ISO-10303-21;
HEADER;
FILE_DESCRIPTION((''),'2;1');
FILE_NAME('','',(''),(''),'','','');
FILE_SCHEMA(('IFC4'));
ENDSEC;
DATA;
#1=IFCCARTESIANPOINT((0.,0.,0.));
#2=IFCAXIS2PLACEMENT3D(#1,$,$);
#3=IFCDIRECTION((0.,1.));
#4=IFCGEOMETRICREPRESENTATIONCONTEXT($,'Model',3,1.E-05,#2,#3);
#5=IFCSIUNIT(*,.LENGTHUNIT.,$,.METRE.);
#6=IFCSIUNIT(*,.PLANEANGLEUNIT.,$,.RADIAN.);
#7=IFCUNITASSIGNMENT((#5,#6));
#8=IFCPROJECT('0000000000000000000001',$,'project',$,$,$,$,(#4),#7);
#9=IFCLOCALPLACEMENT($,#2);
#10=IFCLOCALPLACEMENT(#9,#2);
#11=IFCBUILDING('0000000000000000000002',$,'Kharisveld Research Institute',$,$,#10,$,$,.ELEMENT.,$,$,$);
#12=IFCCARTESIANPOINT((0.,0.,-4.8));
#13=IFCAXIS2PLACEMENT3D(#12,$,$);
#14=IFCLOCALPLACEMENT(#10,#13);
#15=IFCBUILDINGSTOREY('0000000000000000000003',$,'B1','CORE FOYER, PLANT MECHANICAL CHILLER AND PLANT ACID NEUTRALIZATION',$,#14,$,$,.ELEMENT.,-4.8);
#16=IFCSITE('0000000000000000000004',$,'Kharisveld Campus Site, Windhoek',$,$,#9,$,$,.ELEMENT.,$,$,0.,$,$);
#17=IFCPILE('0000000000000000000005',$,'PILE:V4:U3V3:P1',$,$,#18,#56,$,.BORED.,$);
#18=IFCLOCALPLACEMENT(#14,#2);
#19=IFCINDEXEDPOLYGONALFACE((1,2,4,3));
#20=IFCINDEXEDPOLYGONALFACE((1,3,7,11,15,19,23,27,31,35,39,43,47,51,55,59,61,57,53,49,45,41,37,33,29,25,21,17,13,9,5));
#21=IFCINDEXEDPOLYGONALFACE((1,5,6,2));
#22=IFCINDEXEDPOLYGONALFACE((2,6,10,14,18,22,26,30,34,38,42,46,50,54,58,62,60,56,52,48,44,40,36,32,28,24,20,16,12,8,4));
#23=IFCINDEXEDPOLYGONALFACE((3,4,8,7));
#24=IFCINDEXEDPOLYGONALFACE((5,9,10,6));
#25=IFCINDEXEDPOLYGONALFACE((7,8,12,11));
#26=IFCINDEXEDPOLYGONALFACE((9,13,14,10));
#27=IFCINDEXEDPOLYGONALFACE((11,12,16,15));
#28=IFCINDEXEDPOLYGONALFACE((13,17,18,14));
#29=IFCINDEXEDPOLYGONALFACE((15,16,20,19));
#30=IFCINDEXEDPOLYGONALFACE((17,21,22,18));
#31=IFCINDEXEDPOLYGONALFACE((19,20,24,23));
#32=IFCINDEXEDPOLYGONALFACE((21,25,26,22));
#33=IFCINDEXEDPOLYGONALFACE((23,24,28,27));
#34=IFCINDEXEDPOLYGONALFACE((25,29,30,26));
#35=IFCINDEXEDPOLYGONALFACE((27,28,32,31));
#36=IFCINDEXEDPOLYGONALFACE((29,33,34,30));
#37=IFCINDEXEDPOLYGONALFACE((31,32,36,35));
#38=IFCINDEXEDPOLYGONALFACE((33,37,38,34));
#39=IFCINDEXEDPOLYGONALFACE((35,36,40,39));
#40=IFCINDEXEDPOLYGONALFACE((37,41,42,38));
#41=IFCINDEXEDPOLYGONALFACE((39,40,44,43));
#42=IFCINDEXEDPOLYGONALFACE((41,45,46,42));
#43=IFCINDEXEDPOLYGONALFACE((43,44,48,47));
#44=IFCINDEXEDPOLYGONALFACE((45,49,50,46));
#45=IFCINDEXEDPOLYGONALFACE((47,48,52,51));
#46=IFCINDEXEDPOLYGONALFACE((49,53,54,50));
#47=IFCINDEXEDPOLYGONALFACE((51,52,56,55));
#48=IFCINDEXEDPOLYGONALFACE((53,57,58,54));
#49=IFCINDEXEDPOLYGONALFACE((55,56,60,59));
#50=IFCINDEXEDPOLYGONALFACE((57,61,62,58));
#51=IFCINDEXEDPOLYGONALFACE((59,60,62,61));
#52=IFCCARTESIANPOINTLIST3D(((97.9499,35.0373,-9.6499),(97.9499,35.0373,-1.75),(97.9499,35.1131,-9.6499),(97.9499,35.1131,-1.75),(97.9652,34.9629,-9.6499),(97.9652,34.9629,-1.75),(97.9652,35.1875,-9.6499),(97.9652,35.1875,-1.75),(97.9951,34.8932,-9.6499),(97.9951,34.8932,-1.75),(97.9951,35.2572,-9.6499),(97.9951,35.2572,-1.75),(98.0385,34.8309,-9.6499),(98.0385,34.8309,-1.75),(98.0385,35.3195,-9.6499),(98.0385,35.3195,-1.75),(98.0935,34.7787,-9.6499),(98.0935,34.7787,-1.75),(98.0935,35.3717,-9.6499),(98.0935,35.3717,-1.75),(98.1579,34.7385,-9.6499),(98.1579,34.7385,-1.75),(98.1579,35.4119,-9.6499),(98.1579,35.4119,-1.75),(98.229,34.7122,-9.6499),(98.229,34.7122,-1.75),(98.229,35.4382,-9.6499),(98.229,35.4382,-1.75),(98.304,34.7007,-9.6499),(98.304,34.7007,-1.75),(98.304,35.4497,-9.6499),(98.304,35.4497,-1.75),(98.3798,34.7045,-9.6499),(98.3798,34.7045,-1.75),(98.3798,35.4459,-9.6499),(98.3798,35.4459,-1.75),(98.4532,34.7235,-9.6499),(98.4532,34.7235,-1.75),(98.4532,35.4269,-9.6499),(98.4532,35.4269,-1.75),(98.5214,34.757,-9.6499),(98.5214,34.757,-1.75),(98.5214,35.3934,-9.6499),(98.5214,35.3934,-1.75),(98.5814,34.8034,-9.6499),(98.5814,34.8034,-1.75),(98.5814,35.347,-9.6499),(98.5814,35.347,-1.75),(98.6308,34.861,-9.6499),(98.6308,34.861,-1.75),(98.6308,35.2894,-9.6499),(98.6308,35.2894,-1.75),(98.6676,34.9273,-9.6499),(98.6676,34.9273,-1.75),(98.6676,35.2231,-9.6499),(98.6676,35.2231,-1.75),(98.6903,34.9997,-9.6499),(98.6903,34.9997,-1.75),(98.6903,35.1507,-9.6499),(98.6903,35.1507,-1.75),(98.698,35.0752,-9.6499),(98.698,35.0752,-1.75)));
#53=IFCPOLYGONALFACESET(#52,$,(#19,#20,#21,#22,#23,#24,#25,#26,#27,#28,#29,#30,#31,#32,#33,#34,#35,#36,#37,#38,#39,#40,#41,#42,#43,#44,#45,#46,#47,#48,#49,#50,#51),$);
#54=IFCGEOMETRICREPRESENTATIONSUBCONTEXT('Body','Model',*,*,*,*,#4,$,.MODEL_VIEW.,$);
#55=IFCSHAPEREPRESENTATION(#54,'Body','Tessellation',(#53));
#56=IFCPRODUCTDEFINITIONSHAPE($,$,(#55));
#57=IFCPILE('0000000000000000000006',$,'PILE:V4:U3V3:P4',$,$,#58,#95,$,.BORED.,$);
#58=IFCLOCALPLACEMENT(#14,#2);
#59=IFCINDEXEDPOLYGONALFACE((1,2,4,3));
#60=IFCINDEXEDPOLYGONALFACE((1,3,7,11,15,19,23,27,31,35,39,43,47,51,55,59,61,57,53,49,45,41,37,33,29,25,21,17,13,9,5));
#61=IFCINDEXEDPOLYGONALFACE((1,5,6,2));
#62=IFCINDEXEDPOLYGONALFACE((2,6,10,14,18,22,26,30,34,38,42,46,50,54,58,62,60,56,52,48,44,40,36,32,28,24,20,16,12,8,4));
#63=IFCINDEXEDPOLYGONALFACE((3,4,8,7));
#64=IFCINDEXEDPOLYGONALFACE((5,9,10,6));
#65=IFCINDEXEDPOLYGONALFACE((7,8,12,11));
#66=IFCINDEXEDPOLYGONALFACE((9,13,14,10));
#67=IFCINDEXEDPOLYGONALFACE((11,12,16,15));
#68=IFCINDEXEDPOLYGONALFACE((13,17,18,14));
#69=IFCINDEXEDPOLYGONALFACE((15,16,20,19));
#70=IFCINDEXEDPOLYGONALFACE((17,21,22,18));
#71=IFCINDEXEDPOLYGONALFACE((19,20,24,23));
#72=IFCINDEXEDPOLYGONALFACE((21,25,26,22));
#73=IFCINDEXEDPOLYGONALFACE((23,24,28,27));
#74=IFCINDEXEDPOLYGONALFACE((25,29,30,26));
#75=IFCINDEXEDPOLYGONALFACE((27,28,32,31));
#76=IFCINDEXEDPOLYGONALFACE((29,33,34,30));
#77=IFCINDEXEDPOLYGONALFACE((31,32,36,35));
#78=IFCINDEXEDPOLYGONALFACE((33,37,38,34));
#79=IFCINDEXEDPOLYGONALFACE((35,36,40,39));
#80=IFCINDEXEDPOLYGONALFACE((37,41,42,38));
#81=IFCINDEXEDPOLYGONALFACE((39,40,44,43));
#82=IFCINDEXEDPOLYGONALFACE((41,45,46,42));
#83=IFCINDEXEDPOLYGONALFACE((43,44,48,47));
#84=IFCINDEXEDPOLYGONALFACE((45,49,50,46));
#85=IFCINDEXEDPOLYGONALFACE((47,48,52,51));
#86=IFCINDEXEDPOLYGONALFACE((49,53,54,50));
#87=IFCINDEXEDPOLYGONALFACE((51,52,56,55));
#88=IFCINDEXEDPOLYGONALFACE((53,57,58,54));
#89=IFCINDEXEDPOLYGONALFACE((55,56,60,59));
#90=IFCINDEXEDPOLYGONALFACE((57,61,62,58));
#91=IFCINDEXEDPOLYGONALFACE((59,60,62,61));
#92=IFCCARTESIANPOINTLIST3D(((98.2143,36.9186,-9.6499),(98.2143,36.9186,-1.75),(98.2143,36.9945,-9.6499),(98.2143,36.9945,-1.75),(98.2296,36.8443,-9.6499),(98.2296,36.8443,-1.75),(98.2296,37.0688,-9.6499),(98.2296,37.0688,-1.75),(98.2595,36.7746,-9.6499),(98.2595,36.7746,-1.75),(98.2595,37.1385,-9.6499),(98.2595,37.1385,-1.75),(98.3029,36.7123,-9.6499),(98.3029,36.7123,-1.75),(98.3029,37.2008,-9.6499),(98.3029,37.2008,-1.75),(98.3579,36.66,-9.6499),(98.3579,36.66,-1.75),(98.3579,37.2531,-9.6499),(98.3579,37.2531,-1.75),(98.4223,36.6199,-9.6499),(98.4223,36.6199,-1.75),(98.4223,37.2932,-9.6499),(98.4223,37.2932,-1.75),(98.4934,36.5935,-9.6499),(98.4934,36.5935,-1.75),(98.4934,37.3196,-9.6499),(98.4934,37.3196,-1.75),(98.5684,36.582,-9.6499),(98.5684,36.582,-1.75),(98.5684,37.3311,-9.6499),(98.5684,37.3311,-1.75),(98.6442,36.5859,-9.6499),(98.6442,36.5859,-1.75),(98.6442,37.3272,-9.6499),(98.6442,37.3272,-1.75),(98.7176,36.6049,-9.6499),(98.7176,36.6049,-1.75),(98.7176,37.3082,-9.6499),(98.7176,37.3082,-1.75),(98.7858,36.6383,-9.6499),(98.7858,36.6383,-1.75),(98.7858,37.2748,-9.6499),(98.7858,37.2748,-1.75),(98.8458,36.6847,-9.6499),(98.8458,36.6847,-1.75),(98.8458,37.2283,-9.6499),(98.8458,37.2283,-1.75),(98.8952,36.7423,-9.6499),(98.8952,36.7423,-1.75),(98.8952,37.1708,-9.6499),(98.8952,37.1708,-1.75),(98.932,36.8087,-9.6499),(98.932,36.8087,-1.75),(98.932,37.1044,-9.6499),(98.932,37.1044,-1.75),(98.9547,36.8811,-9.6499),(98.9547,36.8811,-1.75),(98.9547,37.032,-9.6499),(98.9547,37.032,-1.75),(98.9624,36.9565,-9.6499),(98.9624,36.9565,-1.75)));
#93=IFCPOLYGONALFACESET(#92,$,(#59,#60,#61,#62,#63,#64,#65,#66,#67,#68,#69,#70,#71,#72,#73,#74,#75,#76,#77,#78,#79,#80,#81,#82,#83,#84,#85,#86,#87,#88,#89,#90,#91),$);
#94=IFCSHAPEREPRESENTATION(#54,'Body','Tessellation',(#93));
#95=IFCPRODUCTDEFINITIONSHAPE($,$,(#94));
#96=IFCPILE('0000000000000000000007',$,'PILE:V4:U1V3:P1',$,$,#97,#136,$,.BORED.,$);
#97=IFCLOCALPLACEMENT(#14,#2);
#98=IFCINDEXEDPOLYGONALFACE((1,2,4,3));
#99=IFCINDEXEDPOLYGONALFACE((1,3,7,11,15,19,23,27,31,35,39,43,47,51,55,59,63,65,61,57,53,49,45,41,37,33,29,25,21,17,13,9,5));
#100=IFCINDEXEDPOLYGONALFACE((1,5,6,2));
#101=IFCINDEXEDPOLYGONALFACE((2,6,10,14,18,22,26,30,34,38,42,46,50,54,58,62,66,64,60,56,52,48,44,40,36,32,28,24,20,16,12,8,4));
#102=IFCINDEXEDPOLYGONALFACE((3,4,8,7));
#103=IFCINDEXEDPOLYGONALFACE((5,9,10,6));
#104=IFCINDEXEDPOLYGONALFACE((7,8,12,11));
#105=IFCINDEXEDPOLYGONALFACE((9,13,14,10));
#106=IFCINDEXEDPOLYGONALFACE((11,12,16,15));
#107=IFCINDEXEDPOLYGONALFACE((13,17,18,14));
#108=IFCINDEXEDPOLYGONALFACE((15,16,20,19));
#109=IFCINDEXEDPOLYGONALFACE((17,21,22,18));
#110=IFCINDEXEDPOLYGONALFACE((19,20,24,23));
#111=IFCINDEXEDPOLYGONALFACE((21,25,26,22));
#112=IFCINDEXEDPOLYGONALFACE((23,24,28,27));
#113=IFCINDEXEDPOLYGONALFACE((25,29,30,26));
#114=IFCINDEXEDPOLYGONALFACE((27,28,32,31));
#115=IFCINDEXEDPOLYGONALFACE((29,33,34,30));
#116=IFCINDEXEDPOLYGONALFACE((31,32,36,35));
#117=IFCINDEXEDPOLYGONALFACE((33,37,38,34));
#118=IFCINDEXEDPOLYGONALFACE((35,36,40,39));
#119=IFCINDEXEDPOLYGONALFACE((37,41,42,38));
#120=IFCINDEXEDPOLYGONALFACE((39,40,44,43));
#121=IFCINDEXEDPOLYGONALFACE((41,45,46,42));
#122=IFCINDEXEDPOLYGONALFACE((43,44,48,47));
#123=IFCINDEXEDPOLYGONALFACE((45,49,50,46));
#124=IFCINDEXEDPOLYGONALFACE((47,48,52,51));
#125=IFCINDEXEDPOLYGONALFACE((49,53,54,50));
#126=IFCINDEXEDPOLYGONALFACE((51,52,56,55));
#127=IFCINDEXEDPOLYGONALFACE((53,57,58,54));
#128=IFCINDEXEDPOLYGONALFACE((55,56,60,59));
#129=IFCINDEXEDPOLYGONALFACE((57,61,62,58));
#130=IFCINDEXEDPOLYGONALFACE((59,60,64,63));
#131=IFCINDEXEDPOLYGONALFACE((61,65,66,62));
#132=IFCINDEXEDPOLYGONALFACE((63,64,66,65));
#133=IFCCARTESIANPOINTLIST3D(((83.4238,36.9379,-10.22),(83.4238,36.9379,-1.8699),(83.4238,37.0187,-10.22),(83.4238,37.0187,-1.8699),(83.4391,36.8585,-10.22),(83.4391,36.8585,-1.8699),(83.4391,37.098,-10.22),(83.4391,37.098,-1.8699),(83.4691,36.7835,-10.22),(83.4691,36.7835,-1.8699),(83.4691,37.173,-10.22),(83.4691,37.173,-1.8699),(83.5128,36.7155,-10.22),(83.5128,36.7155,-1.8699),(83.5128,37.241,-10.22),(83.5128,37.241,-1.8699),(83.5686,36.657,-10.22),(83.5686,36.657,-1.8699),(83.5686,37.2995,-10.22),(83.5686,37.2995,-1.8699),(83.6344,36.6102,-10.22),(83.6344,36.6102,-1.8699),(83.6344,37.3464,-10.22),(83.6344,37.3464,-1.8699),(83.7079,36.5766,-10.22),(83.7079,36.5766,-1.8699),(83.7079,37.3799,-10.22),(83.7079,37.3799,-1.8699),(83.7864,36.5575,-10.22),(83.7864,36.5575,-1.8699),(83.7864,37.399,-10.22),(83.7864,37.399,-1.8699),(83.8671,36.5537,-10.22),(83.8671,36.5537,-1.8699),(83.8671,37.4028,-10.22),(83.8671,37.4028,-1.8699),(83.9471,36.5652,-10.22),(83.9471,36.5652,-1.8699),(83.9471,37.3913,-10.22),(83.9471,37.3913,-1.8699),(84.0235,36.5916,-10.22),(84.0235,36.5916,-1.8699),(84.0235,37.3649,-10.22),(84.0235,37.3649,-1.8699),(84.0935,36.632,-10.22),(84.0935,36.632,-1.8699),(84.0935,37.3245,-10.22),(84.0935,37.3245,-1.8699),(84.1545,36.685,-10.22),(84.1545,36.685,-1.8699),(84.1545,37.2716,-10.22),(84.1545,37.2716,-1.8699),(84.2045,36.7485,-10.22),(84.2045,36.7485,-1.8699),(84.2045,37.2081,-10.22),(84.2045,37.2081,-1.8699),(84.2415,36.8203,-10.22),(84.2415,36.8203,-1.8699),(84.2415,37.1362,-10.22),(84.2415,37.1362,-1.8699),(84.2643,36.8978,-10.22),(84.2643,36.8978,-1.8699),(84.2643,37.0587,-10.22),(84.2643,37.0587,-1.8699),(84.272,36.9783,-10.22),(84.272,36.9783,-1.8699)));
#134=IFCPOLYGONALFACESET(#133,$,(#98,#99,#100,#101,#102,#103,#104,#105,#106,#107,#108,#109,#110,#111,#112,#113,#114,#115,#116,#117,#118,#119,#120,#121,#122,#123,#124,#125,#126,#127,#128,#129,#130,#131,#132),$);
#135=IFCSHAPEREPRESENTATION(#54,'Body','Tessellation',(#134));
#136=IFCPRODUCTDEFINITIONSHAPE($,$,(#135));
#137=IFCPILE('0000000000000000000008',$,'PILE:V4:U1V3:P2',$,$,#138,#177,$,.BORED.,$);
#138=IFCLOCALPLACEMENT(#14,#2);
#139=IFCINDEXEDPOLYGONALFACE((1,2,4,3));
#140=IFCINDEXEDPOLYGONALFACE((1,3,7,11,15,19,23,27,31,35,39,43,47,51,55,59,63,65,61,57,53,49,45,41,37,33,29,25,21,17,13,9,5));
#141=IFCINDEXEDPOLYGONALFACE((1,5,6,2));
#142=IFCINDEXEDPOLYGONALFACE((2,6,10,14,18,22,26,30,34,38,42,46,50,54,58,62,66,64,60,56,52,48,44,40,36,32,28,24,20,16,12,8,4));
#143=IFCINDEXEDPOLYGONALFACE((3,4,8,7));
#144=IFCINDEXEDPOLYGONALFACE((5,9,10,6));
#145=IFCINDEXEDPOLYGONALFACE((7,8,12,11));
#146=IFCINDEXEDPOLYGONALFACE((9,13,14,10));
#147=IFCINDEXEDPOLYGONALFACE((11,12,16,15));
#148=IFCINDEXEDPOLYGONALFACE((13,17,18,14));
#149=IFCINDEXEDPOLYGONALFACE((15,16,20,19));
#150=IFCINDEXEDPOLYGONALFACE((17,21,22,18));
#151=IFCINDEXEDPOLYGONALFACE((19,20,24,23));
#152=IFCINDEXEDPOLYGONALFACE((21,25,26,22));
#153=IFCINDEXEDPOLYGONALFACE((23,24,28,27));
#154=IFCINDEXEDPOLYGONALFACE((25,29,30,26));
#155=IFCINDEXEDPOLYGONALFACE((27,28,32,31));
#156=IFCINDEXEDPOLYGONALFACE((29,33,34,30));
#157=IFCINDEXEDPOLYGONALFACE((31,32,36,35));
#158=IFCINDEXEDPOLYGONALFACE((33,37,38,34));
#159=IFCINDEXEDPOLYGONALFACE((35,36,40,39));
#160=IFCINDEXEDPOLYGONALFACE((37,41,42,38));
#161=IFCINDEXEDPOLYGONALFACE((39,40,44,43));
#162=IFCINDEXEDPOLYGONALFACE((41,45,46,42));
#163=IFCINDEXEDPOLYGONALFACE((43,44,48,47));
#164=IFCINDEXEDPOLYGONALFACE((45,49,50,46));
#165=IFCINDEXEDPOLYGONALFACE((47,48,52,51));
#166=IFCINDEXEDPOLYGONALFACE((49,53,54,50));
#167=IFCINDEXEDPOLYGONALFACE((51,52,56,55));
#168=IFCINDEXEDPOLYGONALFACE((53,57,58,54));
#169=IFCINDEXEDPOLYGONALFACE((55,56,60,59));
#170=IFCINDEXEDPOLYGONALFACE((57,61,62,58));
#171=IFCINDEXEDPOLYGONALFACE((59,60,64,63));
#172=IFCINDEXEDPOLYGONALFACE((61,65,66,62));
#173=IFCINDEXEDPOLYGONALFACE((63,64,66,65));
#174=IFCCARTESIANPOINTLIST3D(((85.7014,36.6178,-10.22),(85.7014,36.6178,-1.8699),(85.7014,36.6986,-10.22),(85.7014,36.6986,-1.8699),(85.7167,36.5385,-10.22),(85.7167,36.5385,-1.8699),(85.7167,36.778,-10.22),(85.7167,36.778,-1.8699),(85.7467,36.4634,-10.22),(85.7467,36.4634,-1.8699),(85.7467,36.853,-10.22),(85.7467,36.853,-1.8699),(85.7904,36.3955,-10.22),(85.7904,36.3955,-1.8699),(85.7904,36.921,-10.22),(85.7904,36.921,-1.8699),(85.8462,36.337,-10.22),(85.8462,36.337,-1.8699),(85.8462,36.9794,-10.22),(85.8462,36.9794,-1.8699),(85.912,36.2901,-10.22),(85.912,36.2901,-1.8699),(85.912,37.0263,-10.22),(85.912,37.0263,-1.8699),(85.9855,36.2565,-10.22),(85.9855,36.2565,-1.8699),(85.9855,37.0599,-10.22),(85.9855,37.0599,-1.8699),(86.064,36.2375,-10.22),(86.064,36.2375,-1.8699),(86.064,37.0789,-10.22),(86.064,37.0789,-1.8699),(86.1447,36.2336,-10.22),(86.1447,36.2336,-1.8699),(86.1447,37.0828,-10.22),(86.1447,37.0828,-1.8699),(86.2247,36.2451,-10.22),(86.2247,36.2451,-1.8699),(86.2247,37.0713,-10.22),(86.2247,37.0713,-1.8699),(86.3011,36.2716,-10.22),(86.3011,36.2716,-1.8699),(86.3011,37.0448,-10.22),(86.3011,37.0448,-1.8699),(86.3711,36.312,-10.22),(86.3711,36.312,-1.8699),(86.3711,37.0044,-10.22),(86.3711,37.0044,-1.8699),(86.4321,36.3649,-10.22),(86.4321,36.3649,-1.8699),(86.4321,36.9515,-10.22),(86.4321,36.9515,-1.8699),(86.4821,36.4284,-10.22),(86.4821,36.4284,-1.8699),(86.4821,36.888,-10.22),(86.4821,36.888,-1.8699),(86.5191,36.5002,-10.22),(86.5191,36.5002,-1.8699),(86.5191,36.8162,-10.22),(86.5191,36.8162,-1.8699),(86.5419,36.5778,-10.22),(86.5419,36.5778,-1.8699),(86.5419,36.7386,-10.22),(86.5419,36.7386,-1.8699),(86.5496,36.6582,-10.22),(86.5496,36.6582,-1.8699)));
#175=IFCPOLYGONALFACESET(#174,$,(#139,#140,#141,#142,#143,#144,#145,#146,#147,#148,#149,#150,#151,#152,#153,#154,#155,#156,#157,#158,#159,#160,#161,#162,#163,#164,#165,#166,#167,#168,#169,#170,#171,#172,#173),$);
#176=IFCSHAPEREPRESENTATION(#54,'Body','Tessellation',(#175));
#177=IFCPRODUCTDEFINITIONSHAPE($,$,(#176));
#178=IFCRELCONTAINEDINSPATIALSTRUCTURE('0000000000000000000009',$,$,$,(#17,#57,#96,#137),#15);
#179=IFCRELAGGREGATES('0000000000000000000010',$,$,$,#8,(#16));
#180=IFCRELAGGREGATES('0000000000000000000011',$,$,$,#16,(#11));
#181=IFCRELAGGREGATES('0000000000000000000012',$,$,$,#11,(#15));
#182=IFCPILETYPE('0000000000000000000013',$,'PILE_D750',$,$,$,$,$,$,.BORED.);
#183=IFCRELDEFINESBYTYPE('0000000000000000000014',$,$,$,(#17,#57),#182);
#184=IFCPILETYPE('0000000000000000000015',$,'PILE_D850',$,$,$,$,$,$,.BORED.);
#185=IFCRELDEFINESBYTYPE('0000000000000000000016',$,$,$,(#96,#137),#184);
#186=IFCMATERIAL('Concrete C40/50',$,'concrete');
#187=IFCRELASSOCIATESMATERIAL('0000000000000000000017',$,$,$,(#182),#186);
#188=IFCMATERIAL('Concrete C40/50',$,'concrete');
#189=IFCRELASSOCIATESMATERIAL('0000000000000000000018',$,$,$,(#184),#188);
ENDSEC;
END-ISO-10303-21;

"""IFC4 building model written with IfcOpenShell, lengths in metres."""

from ifc_helpers import new_model, si_unit, direction, frame, origin, origin_2d, place, context, subcontext, project, spatial, circle, extrude, material, material_profile, profile_set, type_object, element, save


model = new_model("IFC4")

# Units and contexts
model_context = context("Model", 3, precision=1e-05, world=origin(), true_north=direction((0.0, 1.0)))
body_context = subcontext(model_context, "Body", "Model", "MODEL_VIEW")
ifc_project = project(units=[si_unit("LENGTHUNIT", "METRE"), si_unit("PLANEANGLEUNIT", "RADIAN")], contexts=[model_context])

# Site, building, storey
site_placement = place(None, origin())
site = spatial("IfcSite", under=ifc_project, at=site_placement, Name="Kharisveld Campus Site, Windhoek", CompositionType="ELEMENT", RefElevation=0.0)
building_placement = place(site_placement, origin())
building = spatial("IfcBuilding", under=site, at=building_placement, Name="Kharisveld Research Institute", CompositionType="ELEMENT")
storey_placement = place(building_placement, frame((0.0, 0.0, -4.8)))
storey = spatial("IfcBuildingStorey", under=building, at=storey_placement, Name="B1", Description="CORE FOYER, PLANT MECHANICAL CHILLER AND PLANT ACID NEUTRALIZATION", CompositionType="ELEMENT", Elevation=-4.8)

# Piles
ifc_material_1 = material(Name="Concrete C40/50", Category="concrete")
ifc_material_profile_1 = material_profile(ifc_material_1, circle(Radius=0.375, at=origin_2d()))
ifc_profile_set_1 = profile_set([ifc_material_profile_1], Name="Concrete C40/50")
pile_type_1 = type_object("IfcPileType", Name="PILE_D750", PredefinedType="BORED", material=ifc_profile_set_1)
for number, where, z_axis, x_axis, name in (
    (1, (98.323, 35.0752, -1.75), (0.0, 0.0, -1.0), (1.0, 0.0, 0.0), "PILE:V4:U3V3:P1"),
    (2, (98.5874, 36.9565, -1.75), (0.0, 0.0, -1.0), (1.0, 0.0, 0.0), "PILE:V4:U3V3:P4"),
):
    element("IfcPile", number, at=place(storey_placement, frame(where, z_axis=z_axis, x_axis=x_axis)), inside=storey, type_object=pile_type_1, Name=name, PredefinedType="BORED", context=body_context, shape_type="SweptSolid", body=[
        extrude(circle(Radius=0.375, at=origin_2d()), origin(), (0.0, 0.0, 1.0), 7.8999),
    ])
ifc_material_2 = material(Name="Concrete C40/50", Category="concrete")
ifc_material_profile_2 = material_profile(ifc_material_2, circle(Radius=0.425, at=origin_2d()))
ifc_profile_set_2 = profile_set([ifc_material_profile_2], Name="Concrete C40/50")
pile_type_2 = type_object("IfcPileType", Name="PILE_D850", PredefinedType="BORED", material=ifc_profile_set_2)
for number, where, z_axis, x_axis, name in (
    (3, (83.8469, 36.9783, -1.8699), (0.0, 0.0, -1.0), (1.0, 0.0, 0.0), "PILE:V4:U1V3:P1"),
    (4, (86.1245, 36.6582, -1.8699), (0.0, 0.0, -1.0), (1.0, 0.0, 0.0), "PILE:V4:U1V3:P2"),
):
    element("IfcPile", number, at=place(storey_placement, frame(where, z_axis=z_axis, x_axis=x_axis)), inside=storey, type_object=pile_type_2, Name=name, PredefinedType="BORED", context=body_context, shape_type="SweptSolid", body=[
        extrude(circle(Radius=0.425, at=origin_2d()), origin(), (0.0, 0.0, 1.0), 8.3501),
    ])

save(model, "model.ifc")
